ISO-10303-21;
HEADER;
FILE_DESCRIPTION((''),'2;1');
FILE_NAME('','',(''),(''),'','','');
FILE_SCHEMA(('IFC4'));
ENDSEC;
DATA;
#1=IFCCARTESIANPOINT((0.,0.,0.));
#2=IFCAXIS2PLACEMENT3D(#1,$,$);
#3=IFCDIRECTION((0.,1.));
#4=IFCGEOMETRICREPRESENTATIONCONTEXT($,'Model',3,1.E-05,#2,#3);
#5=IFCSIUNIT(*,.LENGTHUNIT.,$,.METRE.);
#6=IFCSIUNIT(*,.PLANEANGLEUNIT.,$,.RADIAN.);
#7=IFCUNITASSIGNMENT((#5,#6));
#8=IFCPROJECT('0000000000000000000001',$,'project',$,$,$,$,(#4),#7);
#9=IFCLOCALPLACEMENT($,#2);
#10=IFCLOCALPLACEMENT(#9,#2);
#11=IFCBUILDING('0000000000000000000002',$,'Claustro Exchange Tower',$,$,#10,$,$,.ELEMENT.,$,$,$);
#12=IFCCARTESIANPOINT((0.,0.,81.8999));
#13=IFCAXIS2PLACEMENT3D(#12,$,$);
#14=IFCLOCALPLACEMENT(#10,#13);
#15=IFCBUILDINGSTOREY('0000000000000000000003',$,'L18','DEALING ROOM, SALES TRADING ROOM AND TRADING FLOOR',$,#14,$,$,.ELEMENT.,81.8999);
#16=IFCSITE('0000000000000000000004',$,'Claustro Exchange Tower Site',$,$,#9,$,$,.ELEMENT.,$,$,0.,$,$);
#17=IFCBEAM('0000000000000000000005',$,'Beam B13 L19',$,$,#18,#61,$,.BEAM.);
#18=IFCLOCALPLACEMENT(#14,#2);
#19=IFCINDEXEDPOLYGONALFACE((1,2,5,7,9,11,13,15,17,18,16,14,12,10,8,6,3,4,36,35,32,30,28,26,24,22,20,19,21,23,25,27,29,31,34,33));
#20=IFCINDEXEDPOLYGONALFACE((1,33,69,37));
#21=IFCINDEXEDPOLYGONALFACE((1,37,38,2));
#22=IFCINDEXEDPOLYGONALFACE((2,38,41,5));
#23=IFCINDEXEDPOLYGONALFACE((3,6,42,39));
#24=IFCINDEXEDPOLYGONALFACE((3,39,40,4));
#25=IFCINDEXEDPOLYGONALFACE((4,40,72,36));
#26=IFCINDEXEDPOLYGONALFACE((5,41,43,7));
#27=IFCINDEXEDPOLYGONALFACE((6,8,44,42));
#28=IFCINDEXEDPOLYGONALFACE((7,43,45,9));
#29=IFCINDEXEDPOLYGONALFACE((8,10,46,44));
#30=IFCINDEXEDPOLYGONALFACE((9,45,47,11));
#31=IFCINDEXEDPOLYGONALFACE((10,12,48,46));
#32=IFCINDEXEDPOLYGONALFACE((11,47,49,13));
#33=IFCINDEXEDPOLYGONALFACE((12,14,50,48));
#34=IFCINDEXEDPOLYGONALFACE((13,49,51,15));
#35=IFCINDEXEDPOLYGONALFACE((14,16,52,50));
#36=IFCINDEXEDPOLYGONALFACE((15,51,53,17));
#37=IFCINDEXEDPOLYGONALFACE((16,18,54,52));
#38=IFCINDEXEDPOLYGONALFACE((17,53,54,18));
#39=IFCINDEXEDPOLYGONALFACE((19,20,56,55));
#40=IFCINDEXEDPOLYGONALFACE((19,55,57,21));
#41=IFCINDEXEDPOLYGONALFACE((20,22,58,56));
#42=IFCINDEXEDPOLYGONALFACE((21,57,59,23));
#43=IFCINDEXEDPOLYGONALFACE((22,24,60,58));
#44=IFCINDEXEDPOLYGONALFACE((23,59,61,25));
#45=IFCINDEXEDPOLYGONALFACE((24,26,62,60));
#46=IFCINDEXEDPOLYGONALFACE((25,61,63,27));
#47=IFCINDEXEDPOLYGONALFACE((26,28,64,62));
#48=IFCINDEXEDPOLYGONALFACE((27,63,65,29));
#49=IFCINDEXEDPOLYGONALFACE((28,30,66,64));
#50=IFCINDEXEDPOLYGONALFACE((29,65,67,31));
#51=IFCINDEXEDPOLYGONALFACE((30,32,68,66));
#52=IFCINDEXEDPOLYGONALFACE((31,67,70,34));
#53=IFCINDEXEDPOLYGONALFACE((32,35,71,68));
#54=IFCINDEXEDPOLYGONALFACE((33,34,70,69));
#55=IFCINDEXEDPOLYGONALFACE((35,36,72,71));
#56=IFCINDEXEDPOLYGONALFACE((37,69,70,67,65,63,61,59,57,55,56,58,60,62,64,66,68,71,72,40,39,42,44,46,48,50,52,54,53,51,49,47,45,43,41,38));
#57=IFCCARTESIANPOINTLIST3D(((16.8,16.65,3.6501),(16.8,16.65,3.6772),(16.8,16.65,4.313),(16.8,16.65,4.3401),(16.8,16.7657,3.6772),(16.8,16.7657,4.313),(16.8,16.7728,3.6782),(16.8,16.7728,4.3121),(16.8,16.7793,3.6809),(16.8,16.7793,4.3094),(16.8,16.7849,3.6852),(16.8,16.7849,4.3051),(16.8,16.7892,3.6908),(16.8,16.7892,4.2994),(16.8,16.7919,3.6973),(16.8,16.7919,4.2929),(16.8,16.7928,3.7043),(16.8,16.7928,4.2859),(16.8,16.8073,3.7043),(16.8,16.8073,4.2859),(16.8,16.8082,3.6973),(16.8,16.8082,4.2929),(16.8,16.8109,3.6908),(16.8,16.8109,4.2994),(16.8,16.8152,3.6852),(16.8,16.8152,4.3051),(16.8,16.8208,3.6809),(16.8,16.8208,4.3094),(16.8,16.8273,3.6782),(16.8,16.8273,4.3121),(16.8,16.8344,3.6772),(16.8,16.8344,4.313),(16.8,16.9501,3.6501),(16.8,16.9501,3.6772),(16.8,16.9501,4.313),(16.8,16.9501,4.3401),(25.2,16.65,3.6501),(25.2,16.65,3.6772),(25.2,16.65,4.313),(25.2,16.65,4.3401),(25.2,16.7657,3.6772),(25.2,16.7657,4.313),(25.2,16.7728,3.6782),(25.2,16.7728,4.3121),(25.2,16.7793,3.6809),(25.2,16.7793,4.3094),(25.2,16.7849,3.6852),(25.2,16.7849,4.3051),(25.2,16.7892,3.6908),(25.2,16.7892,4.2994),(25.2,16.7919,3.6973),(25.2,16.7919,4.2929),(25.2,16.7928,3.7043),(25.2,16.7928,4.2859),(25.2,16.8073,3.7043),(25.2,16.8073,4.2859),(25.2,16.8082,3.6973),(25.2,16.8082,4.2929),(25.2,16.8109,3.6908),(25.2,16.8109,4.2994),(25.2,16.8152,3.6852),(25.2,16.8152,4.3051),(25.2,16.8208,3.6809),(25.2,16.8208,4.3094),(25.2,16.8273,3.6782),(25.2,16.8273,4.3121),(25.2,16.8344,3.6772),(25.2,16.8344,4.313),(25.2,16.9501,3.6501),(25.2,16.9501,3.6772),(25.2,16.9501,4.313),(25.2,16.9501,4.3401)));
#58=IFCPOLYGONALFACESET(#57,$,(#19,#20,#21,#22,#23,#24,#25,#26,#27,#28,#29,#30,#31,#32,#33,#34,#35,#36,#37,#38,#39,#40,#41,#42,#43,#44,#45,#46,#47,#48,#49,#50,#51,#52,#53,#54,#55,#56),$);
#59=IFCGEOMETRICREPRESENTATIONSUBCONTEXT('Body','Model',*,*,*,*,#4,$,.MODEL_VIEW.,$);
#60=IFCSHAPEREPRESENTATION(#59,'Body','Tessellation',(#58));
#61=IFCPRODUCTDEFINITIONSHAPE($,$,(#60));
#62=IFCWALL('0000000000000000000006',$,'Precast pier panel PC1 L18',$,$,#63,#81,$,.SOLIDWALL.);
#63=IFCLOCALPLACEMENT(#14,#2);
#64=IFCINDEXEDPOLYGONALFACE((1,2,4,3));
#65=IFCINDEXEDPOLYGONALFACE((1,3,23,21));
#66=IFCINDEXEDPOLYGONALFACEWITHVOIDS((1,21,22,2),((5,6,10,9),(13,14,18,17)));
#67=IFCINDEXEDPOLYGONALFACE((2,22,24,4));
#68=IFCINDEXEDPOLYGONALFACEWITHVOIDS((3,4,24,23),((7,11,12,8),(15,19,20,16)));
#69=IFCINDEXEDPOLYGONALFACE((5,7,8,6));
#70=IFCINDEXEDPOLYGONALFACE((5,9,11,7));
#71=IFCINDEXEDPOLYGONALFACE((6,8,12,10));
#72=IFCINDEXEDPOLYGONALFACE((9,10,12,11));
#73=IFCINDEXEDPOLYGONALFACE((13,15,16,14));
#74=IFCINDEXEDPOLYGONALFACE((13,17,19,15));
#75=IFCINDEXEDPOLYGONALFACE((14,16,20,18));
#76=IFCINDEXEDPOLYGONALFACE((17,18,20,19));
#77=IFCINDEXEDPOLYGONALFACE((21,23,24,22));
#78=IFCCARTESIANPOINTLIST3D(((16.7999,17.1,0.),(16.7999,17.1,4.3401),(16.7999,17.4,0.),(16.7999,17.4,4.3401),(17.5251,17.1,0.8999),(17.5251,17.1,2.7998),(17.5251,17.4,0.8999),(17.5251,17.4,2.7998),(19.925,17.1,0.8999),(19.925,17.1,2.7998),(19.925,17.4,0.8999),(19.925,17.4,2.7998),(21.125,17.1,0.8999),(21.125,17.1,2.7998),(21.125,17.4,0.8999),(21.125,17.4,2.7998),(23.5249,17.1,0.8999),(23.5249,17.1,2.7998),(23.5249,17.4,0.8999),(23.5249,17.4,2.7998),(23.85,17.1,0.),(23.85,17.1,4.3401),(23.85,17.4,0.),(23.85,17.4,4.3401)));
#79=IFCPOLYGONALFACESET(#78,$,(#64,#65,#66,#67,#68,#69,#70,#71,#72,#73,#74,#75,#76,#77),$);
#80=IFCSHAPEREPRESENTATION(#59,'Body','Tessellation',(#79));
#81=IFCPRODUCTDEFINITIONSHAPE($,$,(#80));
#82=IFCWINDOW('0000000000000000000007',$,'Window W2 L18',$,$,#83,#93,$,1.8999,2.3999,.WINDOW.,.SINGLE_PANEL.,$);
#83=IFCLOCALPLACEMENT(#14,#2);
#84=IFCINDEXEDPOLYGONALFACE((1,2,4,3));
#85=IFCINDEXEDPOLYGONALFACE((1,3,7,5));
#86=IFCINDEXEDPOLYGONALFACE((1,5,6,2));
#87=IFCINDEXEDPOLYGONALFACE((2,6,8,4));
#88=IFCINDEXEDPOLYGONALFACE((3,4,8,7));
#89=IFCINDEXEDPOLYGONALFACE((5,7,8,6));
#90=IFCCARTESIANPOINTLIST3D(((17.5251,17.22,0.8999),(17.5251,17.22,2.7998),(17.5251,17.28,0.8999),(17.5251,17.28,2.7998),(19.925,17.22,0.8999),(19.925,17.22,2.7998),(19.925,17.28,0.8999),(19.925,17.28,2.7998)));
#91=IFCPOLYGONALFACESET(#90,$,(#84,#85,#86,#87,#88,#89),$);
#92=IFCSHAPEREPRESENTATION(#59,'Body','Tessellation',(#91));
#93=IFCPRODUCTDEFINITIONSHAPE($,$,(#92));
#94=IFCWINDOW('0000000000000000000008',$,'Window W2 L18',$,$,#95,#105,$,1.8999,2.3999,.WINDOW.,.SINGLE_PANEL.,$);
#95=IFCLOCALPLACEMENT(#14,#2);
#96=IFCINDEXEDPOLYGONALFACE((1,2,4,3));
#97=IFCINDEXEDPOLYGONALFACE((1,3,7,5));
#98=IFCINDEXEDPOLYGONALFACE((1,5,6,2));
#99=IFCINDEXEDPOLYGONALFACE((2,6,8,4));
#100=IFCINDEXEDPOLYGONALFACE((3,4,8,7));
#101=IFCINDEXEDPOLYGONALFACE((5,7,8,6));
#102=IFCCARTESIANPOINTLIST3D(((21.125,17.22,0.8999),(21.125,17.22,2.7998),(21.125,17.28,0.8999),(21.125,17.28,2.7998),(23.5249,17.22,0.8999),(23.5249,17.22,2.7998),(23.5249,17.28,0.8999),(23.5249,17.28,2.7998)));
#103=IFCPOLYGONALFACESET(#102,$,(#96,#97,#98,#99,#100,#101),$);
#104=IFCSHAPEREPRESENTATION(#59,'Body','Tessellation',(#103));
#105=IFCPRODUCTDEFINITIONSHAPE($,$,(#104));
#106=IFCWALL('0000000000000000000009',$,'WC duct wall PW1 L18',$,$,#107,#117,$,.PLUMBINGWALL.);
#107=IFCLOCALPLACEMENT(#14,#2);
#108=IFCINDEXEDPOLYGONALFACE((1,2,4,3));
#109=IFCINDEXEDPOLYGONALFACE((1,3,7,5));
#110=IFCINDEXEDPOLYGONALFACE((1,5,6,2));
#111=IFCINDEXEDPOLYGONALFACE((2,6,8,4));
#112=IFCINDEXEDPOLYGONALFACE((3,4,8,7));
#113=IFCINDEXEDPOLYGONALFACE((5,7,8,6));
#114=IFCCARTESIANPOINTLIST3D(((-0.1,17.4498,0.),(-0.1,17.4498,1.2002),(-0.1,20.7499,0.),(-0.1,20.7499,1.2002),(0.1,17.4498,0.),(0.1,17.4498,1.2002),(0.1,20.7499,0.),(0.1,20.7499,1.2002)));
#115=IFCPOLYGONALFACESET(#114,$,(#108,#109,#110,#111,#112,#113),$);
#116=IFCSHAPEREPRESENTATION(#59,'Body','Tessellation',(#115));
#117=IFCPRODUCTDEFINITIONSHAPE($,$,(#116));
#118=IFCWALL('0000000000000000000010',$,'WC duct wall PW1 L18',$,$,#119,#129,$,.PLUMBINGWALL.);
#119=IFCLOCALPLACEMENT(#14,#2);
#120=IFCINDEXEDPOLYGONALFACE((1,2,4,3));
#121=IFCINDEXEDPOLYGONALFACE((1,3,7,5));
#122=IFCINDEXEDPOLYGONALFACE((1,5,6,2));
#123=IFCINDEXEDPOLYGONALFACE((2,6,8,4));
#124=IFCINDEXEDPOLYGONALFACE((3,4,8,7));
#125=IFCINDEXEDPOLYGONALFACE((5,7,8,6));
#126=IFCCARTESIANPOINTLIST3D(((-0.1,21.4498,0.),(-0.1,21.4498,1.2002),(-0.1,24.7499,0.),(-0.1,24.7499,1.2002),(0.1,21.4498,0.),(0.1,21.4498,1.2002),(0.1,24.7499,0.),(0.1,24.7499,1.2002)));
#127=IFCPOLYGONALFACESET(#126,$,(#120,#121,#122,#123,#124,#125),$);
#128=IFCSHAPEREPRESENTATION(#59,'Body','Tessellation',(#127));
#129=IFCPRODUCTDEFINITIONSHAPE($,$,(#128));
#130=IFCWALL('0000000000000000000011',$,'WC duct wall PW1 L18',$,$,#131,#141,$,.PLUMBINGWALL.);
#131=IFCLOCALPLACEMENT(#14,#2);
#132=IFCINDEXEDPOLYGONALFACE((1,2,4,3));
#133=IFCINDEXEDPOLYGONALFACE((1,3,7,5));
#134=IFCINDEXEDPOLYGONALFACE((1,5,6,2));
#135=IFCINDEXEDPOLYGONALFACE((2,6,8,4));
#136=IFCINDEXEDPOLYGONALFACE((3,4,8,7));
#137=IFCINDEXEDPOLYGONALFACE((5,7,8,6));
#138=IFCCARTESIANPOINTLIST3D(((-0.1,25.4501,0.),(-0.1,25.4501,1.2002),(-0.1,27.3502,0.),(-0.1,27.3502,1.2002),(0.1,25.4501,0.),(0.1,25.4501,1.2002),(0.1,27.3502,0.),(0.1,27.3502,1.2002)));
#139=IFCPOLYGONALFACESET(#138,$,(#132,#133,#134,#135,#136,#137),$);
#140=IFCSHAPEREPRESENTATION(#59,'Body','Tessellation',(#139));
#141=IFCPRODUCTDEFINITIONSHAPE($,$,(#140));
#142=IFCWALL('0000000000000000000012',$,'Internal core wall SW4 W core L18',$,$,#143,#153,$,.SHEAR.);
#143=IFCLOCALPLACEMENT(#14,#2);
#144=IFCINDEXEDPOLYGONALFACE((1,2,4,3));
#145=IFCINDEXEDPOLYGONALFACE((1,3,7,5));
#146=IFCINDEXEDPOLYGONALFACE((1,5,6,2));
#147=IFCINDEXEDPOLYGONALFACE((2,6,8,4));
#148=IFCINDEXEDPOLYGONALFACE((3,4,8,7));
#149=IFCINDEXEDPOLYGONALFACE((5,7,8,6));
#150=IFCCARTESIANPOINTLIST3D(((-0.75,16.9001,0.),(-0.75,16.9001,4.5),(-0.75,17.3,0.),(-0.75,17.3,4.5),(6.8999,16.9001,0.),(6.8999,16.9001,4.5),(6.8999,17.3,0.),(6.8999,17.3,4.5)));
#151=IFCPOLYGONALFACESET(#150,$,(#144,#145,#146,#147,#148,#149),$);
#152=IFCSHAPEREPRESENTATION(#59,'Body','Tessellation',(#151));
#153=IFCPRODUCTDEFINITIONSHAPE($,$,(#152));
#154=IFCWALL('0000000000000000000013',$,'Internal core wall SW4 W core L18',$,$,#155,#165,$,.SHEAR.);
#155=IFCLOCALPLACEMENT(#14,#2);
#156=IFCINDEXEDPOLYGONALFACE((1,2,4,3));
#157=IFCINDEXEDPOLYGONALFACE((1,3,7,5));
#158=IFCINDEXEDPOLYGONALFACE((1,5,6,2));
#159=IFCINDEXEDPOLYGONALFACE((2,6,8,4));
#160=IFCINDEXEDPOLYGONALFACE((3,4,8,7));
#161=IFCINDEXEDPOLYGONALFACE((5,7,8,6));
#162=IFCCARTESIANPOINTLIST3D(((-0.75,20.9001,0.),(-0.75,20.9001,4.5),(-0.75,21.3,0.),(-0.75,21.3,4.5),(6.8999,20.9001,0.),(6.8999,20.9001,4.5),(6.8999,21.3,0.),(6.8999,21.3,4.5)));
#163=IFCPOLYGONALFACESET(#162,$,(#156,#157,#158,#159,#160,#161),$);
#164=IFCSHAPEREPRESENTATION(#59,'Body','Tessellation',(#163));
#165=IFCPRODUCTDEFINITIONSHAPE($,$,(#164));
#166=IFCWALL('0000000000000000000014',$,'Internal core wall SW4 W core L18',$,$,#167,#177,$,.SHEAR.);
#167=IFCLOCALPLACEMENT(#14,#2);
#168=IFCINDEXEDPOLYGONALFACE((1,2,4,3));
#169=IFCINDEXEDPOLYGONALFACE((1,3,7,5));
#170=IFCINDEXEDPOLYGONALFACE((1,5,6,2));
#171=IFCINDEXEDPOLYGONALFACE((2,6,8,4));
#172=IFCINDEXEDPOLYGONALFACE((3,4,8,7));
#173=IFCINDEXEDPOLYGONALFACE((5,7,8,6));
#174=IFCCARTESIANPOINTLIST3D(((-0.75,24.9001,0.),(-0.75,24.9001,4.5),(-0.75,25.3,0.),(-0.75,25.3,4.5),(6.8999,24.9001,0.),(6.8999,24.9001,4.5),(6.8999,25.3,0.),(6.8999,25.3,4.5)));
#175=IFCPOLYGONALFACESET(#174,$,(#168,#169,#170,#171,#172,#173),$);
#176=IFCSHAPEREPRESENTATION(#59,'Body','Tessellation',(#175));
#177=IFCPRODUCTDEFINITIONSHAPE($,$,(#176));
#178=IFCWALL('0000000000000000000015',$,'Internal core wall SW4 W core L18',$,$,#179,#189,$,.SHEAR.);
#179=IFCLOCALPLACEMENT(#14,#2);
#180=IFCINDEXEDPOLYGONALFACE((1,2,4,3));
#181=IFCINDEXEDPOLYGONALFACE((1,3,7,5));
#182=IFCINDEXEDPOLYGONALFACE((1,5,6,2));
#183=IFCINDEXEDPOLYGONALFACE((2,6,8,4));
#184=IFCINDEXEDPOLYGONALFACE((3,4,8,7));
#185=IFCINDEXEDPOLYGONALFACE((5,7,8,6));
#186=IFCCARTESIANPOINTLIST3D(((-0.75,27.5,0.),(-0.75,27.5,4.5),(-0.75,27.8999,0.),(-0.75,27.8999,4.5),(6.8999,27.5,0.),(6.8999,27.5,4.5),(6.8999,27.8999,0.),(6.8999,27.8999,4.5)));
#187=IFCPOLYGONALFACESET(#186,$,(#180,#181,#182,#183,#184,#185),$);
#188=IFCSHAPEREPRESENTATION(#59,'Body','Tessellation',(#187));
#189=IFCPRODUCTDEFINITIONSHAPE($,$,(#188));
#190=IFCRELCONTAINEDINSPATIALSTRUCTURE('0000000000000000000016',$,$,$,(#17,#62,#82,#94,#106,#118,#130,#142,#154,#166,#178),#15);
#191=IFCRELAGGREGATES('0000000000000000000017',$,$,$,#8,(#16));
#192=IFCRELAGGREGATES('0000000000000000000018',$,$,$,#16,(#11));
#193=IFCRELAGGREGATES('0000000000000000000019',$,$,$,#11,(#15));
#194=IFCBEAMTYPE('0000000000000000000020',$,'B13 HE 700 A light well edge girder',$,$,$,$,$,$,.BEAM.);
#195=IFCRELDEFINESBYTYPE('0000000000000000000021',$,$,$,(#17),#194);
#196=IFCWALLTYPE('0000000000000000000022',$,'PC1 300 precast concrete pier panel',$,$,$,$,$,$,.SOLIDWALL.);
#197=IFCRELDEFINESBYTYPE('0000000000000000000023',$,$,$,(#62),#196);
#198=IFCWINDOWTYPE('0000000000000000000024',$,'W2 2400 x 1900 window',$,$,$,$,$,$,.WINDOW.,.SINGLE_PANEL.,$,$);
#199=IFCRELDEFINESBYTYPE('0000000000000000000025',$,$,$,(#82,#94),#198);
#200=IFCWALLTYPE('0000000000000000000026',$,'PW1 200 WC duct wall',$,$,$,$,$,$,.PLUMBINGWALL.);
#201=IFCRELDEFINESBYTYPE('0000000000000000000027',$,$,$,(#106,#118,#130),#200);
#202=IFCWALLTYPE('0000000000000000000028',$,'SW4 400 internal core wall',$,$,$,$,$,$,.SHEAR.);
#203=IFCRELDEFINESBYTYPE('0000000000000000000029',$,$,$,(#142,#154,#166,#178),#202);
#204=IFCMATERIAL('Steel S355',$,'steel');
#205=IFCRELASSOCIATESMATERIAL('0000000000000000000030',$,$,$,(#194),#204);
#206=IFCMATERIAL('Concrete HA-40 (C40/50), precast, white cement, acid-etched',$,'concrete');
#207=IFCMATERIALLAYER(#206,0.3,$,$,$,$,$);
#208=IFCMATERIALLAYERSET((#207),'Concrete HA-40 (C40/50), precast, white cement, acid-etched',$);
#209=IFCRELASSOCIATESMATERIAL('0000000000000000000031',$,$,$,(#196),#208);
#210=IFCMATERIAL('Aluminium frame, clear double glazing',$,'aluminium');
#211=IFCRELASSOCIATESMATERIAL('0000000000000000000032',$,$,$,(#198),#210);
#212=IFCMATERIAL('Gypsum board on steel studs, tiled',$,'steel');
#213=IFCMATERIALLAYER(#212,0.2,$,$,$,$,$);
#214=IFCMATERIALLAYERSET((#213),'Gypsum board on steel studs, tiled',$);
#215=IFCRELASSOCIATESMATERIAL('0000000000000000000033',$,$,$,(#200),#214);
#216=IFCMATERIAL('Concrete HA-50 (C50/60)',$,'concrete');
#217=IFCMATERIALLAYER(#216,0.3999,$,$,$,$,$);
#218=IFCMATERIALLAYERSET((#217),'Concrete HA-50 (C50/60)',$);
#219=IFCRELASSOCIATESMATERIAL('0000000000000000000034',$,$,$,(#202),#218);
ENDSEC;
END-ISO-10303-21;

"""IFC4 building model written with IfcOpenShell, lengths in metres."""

from ifc_helpers import new_model, si_unit, direction, frame, frame_2d, origin, origin_2d, place, context, subcontext, project, spatial, rectangle, i_section, extrude, material, layer, layer_set, material_profile, profile_set, type_object, element, fill, save


model = new_model("IFC4")

# Units and contexts
model_context = context("Model", 3, precision=1e-05, world=origin(), true_north=direction((0.0, 1.0)))
body_context = subcontext(model_context, "Body", "Model", "MODEL_VIEW")
ifc_project = project(units=[si_unit("LENGTHUNIT", "METRE"), si_unit("PLANEANGLEUNIT", "RADIAN")], contexts=[model_context])

# Site, building, storey
site_placement = place(None, origin())
site = spatial("IfcSite", under=ifc_project, at=site_placement, Name="Claustro Exchange Tower Site", CompositionType="ELEMENT", RefElevation=0.0)
building_placement = place(site_placement, origin())
building = spatial("IfcBuilding", under=site, at=building_placement, Name="Claustro Exchange Tower", CompositionType="ELEMENT")
storey_placement = place(building_placement, frame((0.0, 0.0, 81.8999)))
storey = spatial("IfcBuildingStorey", under=building, at=storey_placement, Name="L18", Description="DEALING ROOM, SALES TRADING ROOM AND TRADING FLOOR", CompositionType="ELEMENT", Elevation=81.8999)

# Beam
ifc_material_1 = material(Name="Steel S355", Category="steel")
ifc_material_profile = material_profile(ifc_material_1, i_section(OverallWidth=0.3, OverallDepth=0.6899, WebThickness=0.0144, FlangeThickness=0.0271, FilletRadius=0.0271, at=origin_2d()), Name="HE 700 A")
ifc_profile_set = profile_set([ifc_material_profile], Name="Steel S355")
beam_type = type_object("IfcBeamType", Name="B13 HE 700 A light well edge girder", PredefinedType="BEAM", material=ifc_profile_set)
beam_placement = place(storey_placement, frame((16.8, 16.8, 3.9951), z_axis=(1.0, 0.0, 0.0), x_axis=(0.0, 1.0, 0.0)))
element("IfcBeam", 1, at=beam_placement, inside=storey, type_object=beam_type, Name="Beam B13 L19", PredefinedType="BEAM", context=body_context, shape_type="SweptSolid", body=[
    extrude(i_section(OverallWidth=0.3, OverallDepth=0.6899, WebThickness=0.0144, FlangeThickness=0.0271, FilletRadius=0.0271, at=origin_2d()), origin(), (0.0, 0.0, 1.0), 8.3999),
])

# Wall, openings, windows
ifc_material_2 = material(Name="Concrete HA-40 (C40/50), precast, white cement, acid-etched", Category="concrete")
ifc_layer_1 = layer(ifc_material_2, 0.3)
ifc_layer_set_1 = layer_set([ifc_layer_1], Name="Concrete HA-40 (C40/50), precast, white cement, acid-etched")
wall_type_1 = type_object("IfcWallType", Name="PC1 300 precast concrete pier panel", PredefinedType="SOLIDWALL", material=ifc_layer_set_1)
wall_1_placement = place(storey_placement, frame((16.8, 17.25, 0.0), z_axis=(0.0, 0.0, 1.0), x_axis=(1.0, 0.0, 0.0)))
wall_1 = element("IfcWall", 2, at=wall_1_placement, inside=storey, type_object=wall_type_1, Name="Precast pier panel PC1 L18", PredefinedType="SOLIDWALL", context=body_context, shape_type="SweptSolid", body=[
    extrude(rectangle(XDim=7.05, YDim=0.3, at=frame_2d((3.5249, 0.0))), origin(), (0.0, 0.0, 1.0), 4.3401),
])
opening_1_placement = place(wall_1_placement, frame((0.7251, 0.0, 0.8999)))
opening_1 = element("IfcOpeningElement", 3, at=opening_1_placement, cuts=wall_1, PredefinedType="OPENING", context=body_context, shape_type="SweptSolid", body=[
    extrude(rectangle(XDim=2.3999, YDim=1.8999, at=frame_2d((1.2, 0.95))), frame((0.0, 0.1599, 0.0), z_axis=(0.0, -1.0, 0.0), x_axis=(1.0, 0.0, 0.0)), (0.0, 0.0, 1.0), 0.3201),
])
opening_2_placement = place(wall_1_placement, frame((4.325, 0.0, 0.8999)))
opening_2 = element("IfcOpeningElement", 4, at=opening_2_placement, cuts=wall_1, PredefinedType="OPENING", context=body_context, shape_type="SweptSolid", body=[
    extrude(rectangle(XDim=2.3999, YDim=1.8999, at=frame_2d((1.2, 0.95))), frame((0.0, 0.1599, 0.0), z_axis=(0.0, -1.0, 0.0), x_axis=(1.0, 0.0, 0.0)), (0.0, 0.0, 1.0), 0.3201),
])
ifc_material_3 = material(Name="Aluminium frame, clear double glazing", Category="aluminium")
window_type = type_object("IfcWindowType", Name="W2 2400 x 1900 window", PartitioningType="SINGLE_PANEL", PredefinedType="WINDOW", material=ifc_material_3)
window_1_placement = place(opening_1_placement, origin())
window_1 = element("IfcWindow", 5, at=window_1_placement, inside=storey, type_object=window_type, Name="Window W2 L18", OverallHeight=1.8999, OverallWidth=2.3999, PartitioningType="SINGLE_PANEL", PredefinedType="WINDOW", context=body_context, shape_type="SweptSolid", body=[
    extrude(rectangle(XDim=2.3999, YDim=1.8999, at=frame_2d((1.2, 0.95))), frame((0.0, 0.03, 0.0), z_axis=(0.0, -1.0, 0.0), x_axis=(1.0, 0.0, 0.0)), (0.0, 0.0, 1.0), 0.0601),
])
fill(opening_1, window_1)
window_2_placement = place(opening_2_placement, origin())
window_2 = element("IfcWindow", 6, at=window_2_placement, inside=storey, type_object=window_type, Name="Window W2 L18", OverallHeight=1.8999, OverallWidth=2.3999, PartitioningType="SINGLE_PANEL", PredefinedType="WINDOW", context=body_context, shape_type="SweptSolid", body=[
    extrude(rectangle(XDim=2.3999, YDim=1.8999, at=frame_2d((1.2, 0.95))), frame((0.0, 0.03, 0.0), z_axis=(0.0, -1.0, 0.0), x_axis=(1.0, 0.0, 0.0)), (0.0, 0.0, 1.0), 0.0601),
])
fill(opening_2, window_2)

# Walls
ifc_material_4 = material(Name="Gypsum board on steel studs, tiled", Category="steel")
ifc_layer_2 = layer(ifc_material_4, 0.2)
ifc_layer_set_2 = layer_set([ifc_layer_2], Name="Gypsum board on steel studs, tiled")
wall_type_2 = type_object("IfcWallType", Name="PW1 200 WC duct wall", PredefinedType="PLUMBINGWALL", material=ifc_layer_set_2)
for number, where, z_axis, x_axis, name in (
    (7, (0.0, 17.45, 0.0), (0.0, 0.0, 1.0), (0.0, 1.0, 0.0), "WC duct wall PW1 L18"),
    (8, (0.0, 21.45, 0.0), (0.0, 0.0, 1.0), (0.0, 1.0, 0.0), "WC duct wall PW1 L18"),
):
    element("IfcWall", number, at=place(storey_placement, frame(where, z_axis=z_axis, x_axis=x_axis)), inside=storey, type_object=wall_type_2, Name=name, PredefinedType="PLUMBINGWALL", context=body_context, shape_type="SweptSolid", body=[
        extrude(rectangle(XDim=3.3, YDim=0.2, at=frame_2d((1.6499, 0.0))), origin(), (0.0, 0.0, 1.0), 1.2002),
    ])
wall_2_placement = place(storey_placement, frame((0.0, 25.45, 0.0), z_axis=(0.0, 0.0, 1.0), x_axis=(0.0, 1.0, 0.0)))
element("IfcWall", 9, at=wall_2_placement, inside=storey, type_object=wall_type_2, Name="WC duct wall PW1 L18", PredefinedType="PLUMBINGWALL", context=body_context, shape_type="SweptSolid", body=[
    extrude(rectangle(XDim=1.9001, YDim=0.2, at=frame_2d((0.9502, 0.0))), origin(), (0.0, 0.0, 1.0), 1.2002),
])
ifc_material_5 = material(Name="Concrete HA-50 (C50/60)", Category="concrete")
ifc_layer_3 = layer(ifc_material_5, 0.3999)
ifc_layer_set_3 = layer_set([ifc_layer_3], Name="Concrete HA-50 (C50/60)")
wall_type_3 = type_object("IfcWallType", Name="SW4 400 internal core wall", PredefinedType="SHEAR", material=ifc_layer_set_3)
for number, where, z_axis, x_axis, name in (
    (10, (-0.75, 17.1001, 0.0), (0.0, 0.0, 1.0), (1.0, 0.0, 0.0), "Internal core wall SW4 W core L18"),
    (11, (-0.75, 21.1001, 0.0), (0.0, 0.0, 1.0), (1.0, 0.0, 0.0), "Internal core wall SW4 W core L18"),
    (12, (-0.75, 25.1001, 0.0), (0.0, 0.0, 1.0), (1.0, 0.0, 0.0), "Internal core wall SW4 W core L18"),
    (13, (-0.75, 27.7, 0.0), (0.0, 0.0, 1.0), (1.0, 0.0, 0.0), "Internal core wall SW4 W core L18"),
):
    element("IfcWall", number, at=place(storey_placement, frame(where, z_axis=z_axis, x_axis=x_axis)), inside=storey, type_object=wall_type_3, Name=name, PredefinedType="SHEAR", context=body_context, shape_type="SweptSolid", body=[
        extrude(rectangle(XDim=7.6499, YDim=0.3999, at=frame_2d((3.825, 0.0))), origin(), (0.0, 0.0, 1.0), 4.5),
    ])

save(model, "model.ifc")
